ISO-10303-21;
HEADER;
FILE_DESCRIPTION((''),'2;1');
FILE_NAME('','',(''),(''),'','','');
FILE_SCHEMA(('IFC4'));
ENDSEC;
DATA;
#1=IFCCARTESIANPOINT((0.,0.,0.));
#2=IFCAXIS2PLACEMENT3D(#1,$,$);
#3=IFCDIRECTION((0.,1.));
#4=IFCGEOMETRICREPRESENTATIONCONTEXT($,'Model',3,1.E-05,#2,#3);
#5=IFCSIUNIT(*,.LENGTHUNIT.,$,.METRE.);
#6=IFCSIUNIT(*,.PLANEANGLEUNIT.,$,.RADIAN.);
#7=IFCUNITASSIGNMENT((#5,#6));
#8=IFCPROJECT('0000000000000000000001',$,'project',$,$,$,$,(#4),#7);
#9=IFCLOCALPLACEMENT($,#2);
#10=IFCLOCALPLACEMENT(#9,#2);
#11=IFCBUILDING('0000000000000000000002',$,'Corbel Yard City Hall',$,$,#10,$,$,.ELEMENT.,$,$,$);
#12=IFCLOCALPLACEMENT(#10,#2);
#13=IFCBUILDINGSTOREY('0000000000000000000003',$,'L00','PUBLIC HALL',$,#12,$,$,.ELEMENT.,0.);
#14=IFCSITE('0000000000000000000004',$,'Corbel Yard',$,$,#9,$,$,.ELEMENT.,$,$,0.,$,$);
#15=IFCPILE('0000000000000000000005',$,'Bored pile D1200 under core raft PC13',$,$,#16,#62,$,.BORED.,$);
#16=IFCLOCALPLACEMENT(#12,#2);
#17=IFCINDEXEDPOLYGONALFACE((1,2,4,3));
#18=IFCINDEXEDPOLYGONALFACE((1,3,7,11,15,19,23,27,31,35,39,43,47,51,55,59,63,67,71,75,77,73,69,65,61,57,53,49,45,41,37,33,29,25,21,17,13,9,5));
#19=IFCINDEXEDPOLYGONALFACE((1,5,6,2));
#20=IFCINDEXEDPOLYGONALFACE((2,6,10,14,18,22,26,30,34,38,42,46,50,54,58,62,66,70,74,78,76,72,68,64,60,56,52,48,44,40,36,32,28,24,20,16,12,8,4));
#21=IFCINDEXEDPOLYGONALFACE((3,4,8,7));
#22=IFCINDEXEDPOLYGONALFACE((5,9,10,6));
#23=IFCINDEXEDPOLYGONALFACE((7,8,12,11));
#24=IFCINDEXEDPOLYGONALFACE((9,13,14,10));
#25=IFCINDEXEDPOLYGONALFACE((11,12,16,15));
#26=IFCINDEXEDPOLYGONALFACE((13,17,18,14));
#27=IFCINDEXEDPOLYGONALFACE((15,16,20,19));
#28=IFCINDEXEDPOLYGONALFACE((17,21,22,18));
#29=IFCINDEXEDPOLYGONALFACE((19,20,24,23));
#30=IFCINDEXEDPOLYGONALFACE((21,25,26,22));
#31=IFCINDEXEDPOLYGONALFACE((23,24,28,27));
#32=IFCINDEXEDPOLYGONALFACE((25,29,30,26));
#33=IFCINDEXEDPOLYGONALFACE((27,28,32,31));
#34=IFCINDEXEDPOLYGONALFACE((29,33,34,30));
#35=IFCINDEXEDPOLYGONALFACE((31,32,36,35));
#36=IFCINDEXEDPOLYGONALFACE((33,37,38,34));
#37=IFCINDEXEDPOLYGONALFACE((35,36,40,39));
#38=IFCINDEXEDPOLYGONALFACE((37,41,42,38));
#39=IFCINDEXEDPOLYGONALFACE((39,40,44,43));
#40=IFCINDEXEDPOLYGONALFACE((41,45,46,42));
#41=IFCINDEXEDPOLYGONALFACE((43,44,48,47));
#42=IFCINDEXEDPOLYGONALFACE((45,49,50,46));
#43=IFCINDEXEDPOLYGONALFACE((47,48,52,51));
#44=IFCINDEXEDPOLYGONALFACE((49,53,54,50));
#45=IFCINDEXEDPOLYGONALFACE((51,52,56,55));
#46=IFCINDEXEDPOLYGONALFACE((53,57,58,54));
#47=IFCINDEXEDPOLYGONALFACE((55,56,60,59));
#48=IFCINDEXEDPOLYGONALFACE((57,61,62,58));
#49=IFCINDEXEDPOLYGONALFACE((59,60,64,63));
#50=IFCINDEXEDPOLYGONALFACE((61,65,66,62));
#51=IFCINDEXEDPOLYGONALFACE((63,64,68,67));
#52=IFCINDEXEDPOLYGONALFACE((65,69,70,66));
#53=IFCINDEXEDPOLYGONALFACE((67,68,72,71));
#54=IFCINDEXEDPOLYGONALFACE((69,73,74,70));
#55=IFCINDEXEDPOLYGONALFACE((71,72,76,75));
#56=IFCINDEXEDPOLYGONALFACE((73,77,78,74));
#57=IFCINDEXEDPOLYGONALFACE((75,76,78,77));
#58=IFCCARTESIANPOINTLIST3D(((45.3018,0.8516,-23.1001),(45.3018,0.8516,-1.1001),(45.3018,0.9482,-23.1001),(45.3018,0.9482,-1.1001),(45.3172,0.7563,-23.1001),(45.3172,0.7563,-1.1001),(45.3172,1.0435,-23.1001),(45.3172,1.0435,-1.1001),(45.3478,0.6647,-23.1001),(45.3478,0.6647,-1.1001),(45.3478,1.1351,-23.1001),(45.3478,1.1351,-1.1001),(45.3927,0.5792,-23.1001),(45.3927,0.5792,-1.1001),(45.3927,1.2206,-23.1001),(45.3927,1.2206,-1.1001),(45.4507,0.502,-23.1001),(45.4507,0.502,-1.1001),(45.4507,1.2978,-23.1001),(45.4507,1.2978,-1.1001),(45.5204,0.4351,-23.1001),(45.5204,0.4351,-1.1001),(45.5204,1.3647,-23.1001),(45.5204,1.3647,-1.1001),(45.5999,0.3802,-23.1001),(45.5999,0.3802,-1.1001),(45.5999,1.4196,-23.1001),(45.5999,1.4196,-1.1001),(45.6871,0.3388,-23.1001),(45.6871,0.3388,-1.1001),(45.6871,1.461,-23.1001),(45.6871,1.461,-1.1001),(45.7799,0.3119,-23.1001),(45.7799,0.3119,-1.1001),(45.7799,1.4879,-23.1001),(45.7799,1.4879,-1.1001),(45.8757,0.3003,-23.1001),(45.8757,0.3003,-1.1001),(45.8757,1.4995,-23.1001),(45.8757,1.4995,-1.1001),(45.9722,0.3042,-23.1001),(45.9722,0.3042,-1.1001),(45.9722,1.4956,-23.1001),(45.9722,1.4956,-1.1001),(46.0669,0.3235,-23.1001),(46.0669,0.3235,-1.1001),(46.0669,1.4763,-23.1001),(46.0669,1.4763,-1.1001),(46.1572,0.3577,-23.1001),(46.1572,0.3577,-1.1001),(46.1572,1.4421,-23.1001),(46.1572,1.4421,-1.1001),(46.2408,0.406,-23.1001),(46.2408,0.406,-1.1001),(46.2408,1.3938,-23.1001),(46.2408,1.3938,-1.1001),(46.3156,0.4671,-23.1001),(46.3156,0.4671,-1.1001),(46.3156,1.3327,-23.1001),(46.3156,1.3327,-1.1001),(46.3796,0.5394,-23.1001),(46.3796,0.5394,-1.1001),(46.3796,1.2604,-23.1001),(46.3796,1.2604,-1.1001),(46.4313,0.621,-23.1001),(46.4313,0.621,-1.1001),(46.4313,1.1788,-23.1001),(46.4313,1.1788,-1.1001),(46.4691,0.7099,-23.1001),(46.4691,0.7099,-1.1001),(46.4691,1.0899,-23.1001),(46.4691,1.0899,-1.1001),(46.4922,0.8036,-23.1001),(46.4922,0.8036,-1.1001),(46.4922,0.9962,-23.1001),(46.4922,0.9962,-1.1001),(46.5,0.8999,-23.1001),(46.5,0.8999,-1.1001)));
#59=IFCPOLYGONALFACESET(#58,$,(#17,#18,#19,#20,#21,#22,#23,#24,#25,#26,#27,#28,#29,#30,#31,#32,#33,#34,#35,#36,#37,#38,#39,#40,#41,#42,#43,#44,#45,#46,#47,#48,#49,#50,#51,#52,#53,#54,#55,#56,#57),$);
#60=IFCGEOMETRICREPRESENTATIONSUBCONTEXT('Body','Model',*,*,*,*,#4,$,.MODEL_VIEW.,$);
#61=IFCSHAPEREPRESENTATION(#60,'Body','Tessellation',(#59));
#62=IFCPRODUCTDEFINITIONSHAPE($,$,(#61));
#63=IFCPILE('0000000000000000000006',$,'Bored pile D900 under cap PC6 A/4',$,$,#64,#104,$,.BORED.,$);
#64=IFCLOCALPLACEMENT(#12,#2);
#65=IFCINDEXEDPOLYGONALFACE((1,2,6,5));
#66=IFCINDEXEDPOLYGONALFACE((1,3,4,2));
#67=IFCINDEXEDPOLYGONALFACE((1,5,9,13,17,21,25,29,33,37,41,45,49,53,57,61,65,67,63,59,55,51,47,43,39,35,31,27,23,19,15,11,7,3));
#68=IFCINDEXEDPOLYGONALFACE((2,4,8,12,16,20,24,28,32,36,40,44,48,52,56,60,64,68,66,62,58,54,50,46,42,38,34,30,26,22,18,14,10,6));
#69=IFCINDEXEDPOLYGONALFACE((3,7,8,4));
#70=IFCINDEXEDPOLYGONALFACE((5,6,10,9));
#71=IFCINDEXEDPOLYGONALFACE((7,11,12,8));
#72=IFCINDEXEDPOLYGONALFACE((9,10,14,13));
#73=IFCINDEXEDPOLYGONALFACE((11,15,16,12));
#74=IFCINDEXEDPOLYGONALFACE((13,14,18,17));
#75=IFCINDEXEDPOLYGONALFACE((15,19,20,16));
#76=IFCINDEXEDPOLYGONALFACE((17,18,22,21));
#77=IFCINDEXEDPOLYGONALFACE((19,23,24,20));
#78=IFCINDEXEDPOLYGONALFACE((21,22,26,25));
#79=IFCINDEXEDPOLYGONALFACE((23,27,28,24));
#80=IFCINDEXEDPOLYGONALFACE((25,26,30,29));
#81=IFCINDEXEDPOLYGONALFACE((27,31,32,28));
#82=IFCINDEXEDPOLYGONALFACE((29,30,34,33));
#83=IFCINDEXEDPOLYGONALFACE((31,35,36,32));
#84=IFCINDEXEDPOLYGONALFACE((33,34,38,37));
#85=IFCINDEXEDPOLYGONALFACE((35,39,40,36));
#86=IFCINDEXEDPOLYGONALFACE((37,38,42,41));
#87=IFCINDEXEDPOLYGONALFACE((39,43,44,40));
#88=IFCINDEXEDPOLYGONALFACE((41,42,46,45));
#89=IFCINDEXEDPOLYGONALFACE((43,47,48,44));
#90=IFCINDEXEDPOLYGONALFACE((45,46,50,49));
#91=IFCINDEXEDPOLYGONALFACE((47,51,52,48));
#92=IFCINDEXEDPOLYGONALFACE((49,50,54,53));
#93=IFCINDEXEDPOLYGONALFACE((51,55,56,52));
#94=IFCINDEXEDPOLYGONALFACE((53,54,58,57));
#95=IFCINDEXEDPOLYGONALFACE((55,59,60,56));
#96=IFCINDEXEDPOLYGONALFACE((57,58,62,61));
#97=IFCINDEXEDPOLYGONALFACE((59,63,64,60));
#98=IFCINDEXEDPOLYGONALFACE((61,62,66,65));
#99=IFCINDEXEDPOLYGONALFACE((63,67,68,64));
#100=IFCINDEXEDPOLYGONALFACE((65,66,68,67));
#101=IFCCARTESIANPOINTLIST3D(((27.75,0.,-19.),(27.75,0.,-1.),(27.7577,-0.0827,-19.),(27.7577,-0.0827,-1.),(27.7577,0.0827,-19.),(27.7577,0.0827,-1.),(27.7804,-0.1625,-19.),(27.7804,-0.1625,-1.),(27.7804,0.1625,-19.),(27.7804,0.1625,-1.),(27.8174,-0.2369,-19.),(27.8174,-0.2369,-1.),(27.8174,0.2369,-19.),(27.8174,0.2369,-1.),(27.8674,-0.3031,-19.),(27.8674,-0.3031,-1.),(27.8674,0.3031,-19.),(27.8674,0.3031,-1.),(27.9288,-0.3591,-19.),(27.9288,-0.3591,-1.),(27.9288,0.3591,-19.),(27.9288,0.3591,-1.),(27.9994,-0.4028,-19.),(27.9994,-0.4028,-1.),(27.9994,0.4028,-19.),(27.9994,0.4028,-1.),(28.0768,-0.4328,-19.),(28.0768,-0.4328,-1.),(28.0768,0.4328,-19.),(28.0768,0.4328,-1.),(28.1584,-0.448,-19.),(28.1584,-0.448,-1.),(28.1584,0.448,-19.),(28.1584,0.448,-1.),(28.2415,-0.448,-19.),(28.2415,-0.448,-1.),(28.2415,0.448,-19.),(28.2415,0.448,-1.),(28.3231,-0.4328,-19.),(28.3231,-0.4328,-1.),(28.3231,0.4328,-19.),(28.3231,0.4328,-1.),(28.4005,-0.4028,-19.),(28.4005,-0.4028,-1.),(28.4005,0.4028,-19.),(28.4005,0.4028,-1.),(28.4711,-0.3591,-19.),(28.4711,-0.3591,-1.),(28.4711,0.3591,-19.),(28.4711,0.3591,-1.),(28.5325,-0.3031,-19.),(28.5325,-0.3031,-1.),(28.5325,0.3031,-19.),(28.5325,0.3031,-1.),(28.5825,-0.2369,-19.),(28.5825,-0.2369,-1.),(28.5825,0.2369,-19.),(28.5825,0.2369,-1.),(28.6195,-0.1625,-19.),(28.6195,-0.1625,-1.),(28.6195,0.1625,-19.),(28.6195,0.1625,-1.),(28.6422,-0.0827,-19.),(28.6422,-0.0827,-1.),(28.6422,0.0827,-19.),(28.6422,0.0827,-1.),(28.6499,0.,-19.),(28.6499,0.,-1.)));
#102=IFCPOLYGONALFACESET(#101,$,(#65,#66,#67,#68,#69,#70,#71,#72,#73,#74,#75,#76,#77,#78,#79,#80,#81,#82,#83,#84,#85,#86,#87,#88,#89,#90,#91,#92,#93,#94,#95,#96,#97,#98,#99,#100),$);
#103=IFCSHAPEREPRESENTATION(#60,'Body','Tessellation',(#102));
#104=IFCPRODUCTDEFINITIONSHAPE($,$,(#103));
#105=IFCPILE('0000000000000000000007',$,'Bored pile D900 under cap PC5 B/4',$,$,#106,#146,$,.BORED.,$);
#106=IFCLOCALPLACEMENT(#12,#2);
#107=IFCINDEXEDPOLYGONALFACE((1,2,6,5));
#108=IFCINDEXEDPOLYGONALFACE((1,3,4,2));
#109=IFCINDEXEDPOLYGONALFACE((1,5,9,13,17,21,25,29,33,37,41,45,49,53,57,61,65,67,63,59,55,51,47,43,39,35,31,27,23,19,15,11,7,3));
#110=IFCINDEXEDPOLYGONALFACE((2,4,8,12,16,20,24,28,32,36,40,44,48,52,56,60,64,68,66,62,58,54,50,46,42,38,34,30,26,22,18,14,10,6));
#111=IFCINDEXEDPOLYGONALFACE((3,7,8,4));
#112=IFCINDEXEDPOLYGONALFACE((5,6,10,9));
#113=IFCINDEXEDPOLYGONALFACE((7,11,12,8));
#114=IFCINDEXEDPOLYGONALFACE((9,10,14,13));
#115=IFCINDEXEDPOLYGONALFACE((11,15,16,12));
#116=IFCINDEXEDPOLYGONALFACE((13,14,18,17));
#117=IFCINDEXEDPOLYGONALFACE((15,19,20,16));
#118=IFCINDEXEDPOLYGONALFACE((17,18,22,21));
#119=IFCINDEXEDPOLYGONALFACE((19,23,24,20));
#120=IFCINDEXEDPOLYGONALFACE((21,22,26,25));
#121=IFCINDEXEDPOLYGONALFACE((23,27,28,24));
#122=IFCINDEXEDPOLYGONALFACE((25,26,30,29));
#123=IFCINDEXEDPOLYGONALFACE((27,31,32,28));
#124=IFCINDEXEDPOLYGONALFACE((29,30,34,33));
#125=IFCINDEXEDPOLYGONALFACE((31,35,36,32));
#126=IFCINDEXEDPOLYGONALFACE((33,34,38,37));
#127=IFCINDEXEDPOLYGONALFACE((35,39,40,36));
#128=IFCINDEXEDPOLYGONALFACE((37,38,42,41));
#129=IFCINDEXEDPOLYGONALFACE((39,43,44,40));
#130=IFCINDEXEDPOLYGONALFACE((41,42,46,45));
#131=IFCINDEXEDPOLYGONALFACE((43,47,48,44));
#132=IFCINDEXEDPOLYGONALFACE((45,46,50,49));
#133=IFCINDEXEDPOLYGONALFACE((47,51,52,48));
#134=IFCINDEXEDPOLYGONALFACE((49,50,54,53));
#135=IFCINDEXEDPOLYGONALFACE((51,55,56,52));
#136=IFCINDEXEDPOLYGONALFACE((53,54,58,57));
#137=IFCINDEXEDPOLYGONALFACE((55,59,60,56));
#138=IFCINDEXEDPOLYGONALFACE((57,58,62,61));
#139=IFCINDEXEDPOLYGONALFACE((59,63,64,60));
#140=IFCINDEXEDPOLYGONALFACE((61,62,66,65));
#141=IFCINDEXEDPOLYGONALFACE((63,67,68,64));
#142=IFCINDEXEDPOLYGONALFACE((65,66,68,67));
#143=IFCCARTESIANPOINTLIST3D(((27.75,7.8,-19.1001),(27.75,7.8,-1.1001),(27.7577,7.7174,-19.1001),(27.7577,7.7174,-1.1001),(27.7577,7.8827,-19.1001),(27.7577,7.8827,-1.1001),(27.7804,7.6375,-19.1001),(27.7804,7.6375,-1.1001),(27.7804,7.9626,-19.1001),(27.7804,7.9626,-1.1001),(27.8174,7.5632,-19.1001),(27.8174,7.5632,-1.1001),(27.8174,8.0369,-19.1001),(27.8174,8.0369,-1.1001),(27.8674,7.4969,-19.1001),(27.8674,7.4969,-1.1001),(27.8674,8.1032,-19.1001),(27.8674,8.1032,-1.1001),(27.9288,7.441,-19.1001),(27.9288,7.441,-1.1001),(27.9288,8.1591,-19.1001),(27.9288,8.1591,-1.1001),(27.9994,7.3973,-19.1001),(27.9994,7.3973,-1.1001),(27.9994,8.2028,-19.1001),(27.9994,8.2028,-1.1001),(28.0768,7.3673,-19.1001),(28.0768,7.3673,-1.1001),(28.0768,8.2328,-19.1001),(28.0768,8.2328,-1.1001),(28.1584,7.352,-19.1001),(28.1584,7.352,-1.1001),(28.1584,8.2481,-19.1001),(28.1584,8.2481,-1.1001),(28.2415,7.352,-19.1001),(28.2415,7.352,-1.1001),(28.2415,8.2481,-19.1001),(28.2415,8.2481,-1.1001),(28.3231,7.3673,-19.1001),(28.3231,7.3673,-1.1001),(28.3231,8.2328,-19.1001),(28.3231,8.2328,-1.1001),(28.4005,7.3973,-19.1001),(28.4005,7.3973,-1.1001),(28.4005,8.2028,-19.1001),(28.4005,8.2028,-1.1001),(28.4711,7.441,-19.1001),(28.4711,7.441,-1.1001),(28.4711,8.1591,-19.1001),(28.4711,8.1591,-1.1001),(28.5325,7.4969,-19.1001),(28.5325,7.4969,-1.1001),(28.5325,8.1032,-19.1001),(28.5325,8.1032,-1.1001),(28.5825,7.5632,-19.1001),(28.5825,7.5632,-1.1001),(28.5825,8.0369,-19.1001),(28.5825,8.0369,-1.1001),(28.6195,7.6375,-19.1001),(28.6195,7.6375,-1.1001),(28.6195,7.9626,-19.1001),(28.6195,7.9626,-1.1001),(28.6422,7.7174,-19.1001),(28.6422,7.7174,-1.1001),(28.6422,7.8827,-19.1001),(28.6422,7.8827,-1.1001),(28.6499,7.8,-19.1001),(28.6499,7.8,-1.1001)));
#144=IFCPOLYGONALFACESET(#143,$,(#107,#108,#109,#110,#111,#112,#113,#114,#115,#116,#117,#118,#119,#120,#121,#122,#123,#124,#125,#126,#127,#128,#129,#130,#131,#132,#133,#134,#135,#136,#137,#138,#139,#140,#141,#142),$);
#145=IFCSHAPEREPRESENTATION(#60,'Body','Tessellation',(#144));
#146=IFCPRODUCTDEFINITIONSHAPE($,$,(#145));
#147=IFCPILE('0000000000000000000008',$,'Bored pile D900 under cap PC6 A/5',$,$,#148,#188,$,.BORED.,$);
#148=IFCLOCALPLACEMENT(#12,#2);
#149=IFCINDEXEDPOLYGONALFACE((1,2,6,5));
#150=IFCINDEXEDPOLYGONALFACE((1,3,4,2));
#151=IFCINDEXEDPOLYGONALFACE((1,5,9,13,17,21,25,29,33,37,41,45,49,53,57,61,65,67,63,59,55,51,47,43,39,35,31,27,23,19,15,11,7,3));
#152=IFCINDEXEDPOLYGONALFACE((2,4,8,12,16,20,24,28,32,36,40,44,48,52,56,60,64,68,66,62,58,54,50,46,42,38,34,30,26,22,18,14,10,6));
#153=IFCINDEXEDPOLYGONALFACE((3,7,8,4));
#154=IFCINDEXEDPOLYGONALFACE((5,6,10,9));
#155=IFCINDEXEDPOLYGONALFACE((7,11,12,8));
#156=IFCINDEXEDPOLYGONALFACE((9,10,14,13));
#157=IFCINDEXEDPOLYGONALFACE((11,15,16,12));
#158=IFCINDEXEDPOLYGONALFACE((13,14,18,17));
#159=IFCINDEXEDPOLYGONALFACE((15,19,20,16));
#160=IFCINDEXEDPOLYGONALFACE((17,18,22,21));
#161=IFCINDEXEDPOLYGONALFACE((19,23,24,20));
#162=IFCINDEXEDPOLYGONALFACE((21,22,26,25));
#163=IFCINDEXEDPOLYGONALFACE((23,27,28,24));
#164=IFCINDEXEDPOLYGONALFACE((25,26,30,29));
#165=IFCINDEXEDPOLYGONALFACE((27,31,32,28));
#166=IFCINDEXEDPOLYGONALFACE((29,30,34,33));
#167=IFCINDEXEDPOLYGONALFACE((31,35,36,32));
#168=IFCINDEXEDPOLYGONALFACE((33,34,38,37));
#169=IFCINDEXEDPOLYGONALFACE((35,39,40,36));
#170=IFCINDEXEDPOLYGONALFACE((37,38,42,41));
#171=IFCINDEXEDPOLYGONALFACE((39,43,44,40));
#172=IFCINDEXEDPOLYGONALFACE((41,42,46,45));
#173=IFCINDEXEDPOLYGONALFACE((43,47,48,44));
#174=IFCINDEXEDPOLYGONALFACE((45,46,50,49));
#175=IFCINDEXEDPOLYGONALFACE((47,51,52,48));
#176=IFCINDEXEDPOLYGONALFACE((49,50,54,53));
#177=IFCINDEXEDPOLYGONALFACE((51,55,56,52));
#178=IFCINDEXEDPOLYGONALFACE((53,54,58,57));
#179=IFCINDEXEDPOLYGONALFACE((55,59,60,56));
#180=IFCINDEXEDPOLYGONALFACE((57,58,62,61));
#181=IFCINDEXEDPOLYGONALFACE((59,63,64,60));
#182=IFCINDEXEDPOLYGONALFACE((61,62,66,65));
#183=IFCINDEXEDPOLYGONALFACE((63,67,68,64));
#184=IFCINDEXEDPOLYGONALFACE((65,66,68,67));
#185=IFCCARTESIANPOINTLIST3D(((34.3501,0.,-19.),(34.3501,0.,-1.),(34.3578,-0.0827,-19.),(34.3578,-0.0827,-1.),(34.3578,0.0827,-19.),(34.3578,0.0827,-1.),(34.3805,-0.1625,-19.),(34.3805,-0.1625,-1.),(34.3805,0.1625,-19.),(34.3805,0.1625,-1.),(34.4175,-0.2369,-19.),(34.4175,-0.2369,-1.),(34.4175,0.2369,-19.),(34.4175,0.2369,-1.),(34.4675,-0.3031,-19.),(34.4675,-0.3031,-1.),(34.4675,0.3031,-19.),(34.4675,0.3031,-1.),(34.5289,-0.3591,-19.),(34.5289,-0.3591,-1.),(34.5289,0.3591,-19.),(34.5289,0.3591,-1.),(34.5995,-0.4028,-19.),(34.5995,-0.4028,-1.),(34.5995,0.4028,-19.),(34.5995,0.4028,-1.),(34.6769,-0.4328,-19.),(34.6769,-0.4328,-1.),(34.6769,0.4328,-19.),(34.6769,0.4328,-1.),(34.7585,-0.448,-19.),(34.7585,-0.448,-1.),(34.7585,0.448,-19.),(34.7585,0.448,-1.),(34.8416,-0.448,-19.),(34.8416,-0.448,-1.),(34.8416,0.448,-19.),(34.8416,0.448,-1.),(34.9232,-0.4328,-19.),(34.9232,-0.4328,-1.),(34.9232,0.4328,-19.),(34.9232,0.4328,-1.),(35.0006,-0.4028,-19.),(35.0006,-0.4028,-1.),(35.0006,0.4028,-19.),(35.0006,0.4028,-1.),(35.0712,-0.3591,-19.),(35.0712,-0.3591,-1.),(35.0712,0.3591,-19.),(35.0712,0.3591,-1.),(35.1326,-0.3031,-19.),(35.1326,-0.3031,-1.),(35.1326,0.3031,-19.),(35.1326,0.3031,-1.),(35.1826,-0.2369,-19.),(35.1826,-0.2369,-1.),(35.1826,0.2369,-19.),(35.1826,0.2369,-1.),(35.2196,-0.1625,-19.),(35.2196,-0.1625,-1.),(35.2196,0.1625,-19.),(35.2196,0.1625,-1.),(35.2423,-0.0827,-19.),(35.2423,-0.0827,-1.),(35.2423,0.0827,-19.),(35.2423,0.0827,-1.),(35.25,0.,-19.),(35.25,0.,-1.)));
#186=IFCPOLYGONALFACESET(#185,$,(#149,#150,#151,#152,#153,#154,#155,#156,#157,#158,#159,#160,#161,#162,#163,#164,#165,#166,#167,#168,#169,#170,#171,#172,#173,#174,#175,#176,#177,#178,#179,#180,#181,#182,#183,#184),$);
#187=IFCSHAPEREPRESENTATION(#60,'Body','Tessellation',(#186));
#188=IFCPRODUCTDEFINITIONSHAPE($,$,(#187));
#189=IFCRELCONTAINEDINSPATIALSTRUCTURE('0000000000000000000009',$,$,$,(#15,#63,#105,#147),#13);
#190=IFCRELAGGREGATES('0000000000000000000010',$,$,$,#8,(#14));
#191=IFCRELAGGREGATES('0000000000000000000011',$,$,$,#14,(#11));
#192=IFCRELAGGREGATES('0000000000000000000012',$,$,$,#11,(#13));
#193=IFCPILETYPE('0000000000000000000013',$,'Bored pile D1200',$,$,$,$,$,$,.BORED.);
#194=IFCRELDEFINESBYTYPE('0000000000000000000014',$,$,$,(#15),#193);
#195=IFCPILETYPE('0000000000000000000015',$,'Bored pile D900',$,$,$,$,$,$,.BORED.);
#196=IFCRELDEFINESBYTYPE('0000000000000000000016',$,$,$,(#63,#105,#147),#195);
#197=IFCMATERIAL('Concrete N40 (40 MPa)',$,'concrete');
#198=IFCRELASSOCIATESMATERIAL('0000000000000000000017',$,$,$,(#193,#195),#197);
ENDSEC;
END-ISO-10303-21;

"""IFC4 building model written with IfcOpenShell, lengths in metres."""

from ifc_helpers import new_model, si_unit, direction, frame, origin, origin_2d, place, context, subcontext, project, spatial, circle, extrude, material, material_profile, profile_set, type_object, element, save


model = new_model("IFC4")

# Units and contexts
model_context = context("Model", 3, precision=1e-05, world=origin(), true_north=direction((0.0, 1.0)))
body_context = subcontext(model_context, "Body", "Model", "MODEL_VIEW")
ifc_project = project(units=[si_unit("LENGTHUNIT", "METRE"), si_unit("PLANEANGLEUNIT", "RADIAN")], contexts=[model_context])

# Site, building, storey
site_placement = place(None, origin())
site = spatial("IfcSite", under=ifc_project, at=site_placement, Name="Corbel Yard", CompositionType="ELEMENT", RefElevation=0.0)
building_placement = place(site_placement, origin())
building = spatial("IfcBuilding", under=site, at=building_placement, Name="Corbel Yard City Hall", CompositionType="ELEMENT")
storey_placement = place(building_placement, origin())
storey = spatial("IfcBuildingStorey", under=building, at=storey_placement, Name="L00", Description="PUBLIC HALL", CompositionType="ELEMENT", Elevation=0.0)

# Piles
ifc_material_1 = material(Name="Concrete N40 (40 MPa)", Category="concrete")
ifc_material_profile_1 = material_profile(ifc_material_1, circle(Radius=0.6001, at=origin_2d()), Name="D1200")
ifc_profile_set_1 = profile_set([ifc_material_profile_1], Name="Concrete N40 (40 MPa)")
pile_type_1 = type_object("IfcPileType", Name="Bored pile D1200", PredefinedType="BORED", material=ifc_profile_set_1)
pile_placement = place(storey_placement, frame((45.8999, 0.8999, -1.1001), z_axis=(0.0, 0.0, -1.0), x_axis=(1.0, 0.0, 0.0)))
element("IfcPile", 1, at=pile_placement, inside=storey, type_object=pile_type_1, Name="Bored pile D1200 under core raft PC13", PredefinedType="BORED", context=body_context, shape_type="SweptSolid", body=[
    extrude(circle(Radius=0.6001, at=origin_2d()), origin(), (0.0, 0.0, 1.0), 22.0),
])
ifc_material_profile_2 = material_profile(ifc_material_1, circle(Radius=0.45, at=origin_2d()), Name="D900")
ifc_profile_set_2 = profile_set([ifc_material_profile_2], Name="Concrete N40 (40 MPa)")
pile_type_2 = type_object("IfcPileType", Name="Bored pile D900", PredefinedType="BORED", material=ifc_profile_set_2)
for number, where, z_axis, x_axis, name in (
    (2, (28.2, 0.0, -1.0), (0.0, 0.0, -1.0), (1.0, 0.0, 0.0), "Bored pile D900 under cap PC6 A/4"),
    (3, (28.2, 7.8, -1.1001), (0.0, 0.0, -1.0), (1.0, 0.0, 0.0), "Bored pile D900 under cap PC5 B/4"),
    (4, (34.8, 0.0, -1.0), (0.0, 0.0, -1.0), (1.0, 0.0, 0.0), "Bored pile D900 under cap PC6 A/5"),
):
    element("IfcPile", number, at=place(storey_placement, frame(where, z_axis=z_axis, x_axis=x_axis)), inside=storey, type_object=pile_type_2, Name=name, PredefinedType="BORED", context=body_context, shape_type="SweptSolid", body=[
        extrude(circle(Radius=0.45, at=origin_2d()), origin(), (0.0, 0.0, 1.0), 18.0),
    ])

save(model, "model.ifc")
